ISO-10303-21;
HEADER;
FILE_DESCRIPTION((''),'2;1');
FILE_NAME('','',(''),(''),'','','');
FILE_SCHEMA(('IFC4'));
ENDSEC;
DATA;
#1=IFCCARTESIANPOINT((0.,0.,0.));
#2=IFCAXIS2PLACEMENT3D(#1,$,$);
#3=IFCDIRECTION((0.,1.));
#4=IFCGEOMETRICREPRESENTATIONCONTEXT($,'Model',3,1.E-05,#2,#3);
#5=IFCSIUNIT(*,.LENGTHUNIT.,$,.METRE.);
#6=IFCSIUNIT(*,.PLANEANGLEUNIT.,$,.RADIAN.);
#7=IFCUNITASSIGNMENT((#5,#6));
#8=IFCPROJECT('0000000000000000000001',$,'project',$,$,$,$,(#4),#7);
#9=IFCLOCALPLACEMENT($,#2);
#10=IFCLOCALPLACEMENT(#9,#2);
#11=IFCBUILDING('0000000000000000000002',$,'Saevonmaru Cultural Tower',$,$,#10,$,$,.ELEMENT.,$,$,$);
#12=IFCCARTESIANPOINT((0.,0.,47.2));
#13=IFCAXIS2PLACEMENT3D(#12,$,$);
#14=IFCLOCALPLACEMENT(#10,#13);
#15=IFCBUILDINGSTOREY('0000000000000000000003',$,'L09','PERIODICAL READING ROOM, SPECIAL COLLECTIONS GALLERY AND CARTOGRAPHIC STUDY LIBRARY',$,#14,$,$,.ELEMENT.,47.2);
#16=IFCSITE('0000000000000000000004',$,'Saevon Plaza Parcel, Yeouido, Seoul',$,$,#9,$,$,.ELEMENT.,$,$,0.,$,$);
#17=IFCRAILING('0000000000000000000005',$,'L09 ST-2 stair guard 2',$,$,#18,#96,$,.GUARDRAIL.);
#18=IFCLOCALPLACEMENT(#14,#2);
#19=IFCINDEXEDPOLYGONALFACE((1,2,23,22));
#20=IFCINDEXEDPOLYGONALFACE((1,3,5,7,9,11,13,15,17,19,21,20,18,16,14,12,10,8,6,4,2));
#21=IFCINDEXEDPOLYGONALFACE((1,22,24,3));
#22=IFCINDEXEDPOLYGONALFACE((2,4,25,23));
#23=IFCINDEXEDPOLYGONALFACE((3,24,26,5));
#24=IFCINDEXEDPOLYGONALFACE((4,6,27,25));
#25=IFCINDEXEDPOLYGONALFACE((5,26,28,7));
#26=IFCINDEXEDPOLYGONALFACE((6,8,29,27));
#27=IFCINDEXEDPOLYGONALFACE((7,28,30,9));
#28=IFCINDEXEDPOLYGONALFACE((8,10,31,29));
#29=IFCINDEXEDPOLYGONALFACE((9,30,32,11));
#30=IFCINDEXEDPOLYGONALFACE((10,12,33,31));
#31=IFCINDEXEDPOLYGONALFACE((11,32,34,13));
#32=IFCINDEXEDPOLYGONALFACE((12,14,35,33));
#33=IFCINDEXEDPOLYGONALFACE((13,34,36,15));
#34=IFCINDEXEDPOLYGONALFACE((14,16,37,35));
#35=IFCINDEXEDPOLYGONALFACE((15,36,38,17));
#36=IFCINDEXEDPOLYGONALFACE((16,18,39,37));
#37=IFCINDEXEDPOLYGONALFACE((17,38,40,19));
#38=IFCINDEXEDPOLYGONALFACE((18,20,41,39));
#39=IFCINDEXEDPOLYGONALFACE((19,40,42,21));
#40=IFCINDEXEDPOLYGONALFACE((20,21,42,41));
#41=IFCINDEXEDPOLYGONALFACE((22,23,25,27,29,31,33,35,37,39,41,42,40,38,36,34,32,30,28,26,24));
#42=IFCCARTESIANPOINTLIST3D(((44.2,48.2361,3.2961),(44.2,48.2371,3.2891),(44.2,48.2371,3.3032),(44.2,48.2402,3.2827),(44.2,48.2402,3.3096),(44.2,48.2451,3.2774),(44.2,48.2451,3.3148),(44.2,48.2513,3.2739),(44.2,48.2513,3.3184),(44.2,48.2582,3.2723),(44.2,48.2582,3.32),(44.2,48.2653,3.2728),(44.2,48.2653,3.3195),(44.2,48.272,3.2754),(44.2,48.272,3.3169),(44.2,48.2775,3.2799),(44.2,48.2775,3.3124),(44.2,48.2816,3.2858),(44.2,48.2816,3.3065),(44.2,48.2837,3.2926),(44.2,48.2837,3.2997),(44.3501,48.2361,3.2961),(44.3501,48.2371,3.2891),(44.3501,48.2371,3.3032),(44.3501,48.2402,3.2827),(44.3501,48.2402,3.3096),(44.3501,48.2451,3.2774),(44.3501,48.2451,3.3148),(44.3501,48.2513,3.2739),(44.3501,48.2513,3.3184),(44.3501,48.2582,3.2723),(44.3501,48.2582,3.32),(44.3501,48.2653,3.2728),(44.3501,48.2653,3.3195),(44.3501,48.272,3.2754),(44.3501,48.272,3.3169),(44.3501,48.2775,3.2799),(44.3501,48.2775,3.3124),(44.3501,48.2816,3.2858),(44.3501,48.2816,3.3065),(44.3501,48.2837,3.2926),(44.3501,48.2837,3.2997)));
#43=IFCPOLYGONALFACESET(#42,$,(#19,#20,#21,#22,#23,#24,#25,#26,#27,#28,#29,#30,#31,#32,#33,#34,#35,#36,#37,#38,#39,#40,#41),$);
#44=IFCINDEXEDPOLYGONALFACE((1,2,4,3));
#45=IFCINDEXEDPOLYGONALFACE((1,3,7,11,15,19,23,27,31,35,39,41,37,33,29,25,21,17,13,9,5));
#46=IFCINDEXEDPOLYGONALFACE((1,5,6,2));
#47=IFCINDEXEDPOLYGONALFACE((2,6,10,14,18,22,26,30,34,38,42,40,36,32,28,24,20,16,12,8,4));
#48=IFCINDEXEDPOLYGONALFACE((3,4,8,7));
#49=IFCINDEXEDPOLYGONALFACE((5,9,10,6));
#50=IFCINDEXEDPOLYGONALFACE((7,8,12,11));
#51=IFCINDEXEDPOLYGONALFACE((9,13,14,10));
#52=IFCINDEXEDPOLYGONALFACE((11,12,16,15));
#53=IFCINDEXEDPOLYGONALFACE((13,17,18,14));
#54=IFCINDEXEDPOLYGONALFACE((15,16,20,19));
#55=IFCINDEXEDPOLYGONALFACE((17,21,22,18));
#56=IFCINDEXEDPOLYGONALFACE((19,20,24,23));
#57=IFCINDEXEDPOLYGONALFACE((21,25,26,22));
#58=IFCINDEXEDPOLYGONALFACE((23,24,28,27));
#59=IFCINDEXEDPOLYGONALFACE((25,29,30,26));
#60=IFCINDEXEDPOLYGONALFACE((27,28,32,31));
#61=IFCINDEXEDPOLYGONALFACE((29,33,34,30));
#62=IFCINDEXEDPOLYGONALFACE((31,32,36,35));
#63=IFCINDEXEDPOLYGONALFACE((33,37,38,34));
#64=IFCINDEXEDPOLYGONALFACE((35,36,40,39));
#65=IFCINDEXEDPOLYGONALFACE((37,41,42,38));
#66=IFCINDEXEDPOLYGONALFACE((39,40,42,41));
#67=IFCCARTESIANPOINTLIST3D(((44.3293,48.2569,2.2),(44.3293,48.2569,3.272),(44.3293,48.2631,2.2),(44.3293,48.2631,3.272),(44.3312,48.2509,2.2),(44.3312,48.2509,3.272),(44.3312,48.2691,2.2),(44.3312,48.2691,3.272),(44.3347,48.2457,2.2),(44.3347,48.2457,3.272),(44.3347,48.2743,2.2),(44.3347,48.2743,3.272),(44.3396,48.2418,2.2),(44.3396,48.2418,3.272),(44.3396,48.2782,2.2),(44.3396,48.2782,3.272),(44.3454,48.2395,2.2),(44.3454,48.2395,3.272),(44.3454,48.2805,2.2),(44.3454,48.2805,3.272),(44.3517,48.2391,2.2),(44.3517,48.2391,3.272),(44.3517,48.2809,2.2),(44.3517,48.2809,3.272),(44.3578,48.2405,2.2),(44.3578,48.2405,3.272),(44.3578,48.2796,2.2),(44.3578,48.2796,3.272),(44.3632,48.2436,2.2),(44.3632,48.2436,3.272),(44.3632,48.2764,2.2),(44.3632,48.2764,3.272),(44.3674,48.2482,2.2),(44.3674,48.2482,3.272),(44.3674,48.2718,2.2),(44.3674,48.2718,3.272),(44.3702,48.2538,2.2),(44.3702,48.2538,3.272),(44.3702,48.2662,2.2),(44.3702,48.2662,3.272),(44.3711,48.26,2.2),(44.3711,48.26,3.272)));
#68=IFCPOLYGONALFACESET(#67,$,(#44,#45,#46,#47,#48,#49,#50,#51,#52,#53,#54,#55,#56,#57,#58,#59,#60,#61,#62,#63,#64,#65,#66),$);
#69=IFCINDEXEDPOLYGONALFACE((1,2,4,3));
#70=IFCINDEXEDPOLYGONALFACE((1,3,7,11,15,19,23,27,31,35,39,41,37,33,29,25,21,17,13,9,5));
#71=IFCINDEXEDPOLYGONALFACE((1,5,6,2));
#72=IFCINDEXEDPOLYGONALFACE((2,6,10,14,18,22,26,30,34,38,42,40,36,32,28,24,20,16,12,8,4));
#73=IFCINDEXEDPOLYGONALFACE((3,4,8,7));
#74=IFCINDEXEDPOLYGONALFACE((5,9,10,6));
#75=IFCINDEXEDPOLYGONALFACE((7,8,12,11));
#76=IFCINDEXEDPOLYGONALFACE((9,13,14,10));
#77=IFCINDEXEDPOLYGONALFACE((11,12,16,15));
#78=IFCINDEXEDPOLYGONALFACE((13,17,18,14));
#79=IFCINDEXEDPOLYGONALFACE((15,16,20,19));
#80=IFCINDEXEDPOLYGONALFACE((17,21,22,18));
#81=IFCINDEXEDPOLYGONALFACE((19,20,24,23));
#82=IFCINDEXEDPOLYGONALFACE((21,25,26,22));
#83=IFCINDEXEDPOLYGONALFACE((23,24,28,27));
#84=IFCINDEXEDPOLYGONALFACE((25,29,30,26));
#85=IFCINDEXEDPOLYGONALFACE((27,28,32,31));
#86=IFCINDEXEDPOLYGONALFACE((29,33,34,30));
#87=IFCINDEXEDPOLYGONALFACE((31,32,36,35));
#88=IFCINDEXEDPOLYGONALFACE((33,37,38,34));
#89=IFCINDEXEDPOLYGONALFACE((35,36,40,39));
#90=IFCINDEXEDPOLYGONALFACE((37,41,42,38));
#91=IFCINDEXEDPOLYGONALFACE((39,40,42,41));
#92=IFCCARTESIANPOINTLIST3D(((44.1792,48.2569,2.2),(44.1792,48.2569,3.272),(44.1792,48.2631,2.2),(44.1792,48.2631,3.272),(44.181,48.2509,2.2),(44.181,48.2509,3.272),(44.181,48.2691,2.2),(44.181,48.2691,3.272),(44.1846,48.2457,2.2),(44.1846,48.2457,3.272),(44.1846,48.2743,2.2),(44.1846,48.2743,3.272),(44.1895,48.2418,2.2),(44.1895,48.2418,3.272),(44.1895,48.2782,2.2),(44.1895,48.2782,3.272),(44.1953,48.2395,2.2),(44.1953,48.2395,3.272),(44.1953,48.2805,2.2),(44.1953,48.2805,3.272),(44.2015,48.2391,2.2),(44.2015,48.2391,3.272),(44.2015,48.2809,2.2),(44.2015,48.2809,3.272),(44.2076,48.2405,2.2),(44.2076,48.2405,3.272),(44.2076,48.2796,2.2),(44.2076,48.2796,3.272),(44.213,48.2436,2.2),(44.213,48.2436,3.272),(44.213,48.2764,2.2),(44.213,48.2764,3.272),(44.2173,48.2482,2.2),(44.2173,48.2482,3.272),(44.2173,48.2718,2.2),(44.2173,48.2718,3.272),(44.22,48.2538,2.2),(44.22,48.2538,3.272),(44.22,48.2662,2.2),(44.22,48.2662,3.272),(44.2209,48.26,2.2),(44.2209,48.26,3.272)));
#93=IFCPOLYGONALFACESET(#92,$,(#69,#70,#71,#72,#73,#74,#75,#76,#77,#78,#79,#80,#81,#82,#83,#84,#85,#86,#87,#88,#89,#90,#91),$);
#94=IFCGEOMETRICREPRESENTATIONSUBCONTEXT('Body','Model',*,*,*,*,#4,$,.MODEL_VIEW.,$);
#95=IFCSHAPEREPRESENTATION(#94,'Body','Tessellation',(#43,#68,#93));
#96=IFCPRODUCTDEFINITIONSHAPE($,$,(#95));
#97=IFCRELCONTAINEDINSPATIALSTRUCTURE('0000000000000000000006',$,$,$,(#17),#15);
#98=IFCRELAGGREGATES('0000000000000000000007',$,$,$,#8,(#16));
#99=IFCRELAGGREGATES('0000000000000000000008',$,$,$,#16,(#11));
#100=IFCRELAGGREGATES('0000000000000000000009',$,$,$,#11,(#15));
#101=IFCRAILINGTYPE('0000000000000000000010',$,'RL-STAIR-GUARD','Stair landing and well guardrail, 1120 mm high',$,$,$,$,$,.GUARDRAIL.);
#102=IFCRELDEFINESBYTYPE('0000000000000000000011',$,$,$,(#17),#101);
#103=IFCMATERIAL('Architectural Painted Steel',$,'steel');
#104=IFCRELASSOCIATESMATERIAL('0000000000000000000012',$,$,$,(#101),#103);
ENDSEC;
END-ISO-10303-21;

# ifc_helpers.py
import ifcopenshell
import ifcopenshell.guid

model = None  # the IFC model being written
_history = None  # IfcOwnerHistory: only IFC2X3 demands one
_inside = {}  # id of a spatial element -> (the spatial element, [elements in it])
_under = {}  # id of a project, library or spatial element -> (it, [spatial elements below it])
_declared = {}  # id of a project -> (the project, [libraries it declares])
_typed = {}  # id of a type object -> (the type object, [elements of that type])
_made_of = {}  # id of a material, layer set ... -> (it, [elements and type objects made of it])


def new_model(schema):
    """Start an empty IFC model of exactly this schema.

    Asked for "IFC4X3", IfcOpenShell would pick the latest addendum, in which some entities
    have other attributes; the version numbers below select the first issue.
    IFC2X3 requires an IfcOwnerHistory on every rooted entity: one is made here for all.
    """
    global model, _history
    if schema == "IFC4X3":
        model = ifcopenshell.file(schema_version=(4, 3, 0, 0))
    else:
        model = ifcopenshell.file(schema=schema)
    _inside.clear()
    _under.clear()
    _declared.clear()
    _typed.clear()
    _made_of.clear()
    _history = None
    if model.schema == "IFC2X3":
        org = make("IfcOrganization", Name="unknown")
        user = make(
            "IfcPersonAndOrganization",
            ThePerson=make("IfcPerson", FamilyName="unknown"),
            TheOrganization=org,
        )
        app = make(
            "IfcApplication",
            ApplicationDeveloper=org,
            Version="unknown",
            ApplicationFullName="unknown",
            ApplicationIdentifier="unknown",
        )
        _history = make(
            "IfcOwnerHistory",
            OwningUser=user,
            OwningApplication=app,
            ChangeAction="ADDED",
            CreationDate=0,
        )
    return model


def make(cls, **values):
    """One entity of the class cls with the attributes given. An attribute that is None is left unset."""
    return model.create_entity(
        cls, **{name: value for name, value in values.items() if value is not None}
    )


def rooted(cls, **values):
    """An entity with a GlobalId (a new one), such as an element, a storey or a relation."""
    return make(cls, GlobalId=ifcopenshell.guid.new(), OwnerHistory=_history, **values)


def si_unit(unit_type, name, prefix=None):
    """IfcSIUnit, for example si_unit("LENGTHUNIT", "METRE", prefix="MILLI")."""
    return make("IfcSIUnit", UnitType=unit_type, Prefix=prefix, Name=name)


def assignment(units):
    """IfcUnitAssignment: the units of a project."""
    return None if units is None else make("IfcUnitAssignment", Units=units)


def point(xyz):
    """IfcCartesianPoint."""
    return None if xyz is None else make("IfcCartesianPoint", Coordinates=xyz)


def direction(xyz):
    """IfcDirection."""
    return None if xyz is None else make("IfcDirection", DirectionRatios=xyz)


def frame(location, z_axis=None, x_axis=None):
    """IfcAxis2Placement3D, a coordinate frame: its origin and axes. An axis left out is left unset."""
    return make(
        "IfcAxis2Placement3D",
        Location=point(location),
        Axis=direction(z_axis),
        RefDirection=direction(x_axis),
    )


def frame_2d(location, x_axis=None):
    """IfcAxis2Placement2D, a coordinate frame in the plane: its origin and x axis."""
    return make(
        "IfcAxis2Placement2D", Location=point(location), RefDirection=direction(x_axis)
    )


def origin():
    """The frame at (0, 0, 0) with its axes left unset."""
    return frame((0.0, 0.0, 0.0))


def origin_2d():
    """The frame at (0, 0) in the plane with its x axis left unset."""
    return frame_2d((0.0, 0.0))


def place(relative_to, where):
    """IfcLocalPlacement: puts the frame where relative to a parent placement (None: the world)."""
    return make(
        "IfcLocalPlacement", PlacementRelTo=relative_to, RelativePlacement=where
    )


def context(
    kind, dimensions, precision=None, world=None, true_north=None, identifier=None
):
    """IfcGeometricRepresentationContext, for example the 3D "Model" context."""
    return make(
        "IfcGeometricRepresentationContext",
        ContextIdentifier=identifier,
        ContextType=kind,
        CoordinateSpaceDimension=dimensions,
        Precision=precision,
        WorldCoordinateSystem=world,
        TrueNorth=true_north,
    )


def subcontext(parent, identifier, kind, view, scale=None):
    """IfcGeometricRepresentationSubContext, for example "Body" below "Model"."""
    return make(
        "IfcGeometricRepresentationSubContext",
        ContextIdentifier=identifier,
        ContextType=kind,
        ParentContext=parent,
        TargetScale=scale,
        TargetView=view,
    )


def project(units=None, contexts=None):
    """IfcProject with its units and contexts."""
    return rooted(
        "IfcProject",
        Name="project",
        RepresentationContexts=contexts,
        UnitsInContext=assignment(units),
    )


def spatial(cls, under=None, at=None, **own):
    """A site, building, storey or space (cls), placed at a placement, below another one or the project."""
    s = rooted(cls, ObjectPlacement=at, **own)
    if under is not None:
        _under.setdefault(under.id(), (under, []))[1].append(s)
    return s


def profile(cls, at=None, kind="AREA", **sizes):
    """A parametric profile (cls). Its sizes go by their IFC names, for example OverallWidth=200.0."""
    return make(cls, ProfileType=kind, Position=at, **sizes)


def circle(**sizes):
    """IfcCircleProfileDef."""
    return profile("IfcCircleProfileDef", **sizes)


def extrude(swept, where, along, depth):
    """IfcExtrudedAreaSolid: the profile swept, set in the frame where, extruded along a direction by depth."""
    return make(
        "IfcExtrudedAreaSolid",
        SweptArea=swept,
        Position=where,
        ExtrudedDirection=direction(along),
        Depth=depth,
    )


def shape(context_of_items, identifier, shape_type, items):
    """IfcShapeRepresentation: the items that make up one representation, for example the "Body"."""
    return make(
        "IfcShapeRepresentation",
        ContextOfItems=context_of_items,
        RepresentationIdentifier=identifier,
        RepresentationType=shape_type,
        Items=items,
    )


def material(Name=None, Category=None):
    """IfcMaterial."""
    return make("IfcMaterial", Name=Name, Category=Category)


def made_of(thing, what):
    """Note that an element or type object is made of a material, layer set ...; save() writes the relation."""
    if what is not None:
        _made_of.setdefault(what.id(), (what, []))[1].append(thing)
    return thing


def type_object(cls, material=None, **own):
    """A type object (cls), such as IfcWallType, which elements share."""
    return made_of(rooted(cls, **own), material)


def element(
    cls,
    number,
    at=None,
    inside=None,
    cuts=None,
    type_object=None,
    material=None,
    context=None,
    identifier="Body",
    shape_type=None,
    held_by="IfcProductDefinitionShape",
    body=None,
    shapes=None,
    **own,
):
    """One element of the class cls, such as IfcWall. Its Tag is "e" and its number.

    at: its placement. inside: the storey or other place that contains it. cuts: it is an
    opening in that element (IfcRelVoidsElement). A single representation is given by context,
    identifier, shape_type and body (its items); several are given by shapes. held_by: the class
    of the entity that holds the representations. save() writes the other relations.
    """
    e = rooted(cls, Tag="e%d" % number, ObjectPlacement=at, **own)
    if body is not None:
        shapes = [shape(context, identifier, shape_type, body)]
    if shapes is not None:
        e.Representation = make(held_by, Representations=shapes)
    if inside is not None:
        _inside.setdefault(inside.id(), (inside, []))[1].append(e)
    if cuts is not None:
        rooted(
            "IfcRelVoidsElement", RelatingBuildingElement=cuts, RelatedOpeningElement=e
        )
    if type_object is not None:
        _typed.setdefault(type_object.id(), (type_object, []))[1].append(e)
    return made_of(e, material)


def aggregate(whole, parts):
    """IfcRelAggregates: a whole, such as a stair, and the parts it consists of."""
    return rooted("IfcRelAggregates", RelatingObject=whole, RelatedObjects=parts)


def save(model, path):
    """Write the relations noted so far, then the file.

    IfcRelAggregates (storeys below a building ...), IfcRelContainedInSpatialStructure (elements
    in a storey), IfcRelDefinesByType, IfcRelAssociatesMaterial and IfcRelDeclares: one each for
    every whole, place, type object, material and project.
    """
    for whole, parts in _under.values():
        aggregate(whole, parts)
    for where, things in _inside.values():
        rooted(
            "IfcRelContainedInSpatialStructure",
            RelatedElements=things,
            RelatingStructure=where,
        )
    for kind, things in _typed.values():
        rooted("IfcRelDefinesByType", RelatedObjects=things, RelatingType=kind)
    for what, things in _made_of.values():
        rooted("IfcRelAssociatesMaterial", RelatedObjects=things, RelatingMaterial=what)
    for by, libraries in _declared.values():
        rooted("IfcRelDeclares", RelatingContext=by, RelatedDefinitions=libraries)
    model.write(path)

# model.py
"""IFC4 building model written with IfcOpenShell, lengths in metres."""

from ifc_helpers import new_model, si_unit, direction, frame, origin, origin_2d, place, context, subcontext, project, spatial, circle, extrude, material, type_object, element, save


model = new_model("IFC4")

# Units and contexts
model_context = context("Model", 3, precision=1e-05, world=origin(), true_north=direction((0.0, 1.0)))
body_context = subcontext(model_context, "Body", "Model", "MODEL_VIEW")
ifc_project = project(units=[si_unit("LENGTHUNIT", "METRE"), si_unit("PLANEANGLEUNIT", "RADIAN")], contexts=[model_context])

# Site, building, storey
site_placement = place(None, origin())
site = spatial("IfcSite", under=ifc_project, at=site_placement, Name="Saevon Plaza Parcel, Yeouido, Seoul", CompositionType="ELEMENT", RefElevation=0.0)
building_placement = place(site_placement, origin())
building = spatial("IfcBuilding", under=site, at=building_placement, Name="Saevonmaru Cultural Tower", CompositionType="ELEMENT")
storey_placement = place(building_placement, frame((0.0, 0.0, 47.2)))
storey = spatial("IfcBuildingStorey", under=building, at=storey_placement, Name="L09", Description="PERIODICAL READING ROOM, SPECIAL COLLECTIONS GALLERY AND CARTOGRAPHIC STUDY LIBRARY", CompositionType="ELEMENT", Elevation=47.2)

# Railing
ifc_material_1 = material(Name="Architectural Painted Steel", Category="steel")
railing_type = type_object("IfcRailingType", Name="RL-STAIR-GUARD", Description="Stair landing and well guardrail, 1120 mm high", PredefinedType="GUARDRAIL", material=ifc_material_1)
railing_1_placement = place(storey_placement, frame((44.3501, 48.26, 2.2)))
element("IfcRailing", 1, at=railing_1_placement, inside=storey, type_object=railing_type, Name="L09 ST-2 stair guard 2", PredefinedType="GUARDRAIL", context=body_context, shape_type="SweptSolid", body=[
    extrude(circle(Radius=0.0239, at=origin_2d()), frame((0.0, 0.0, 1.0962), z_axis=(-1.0, 0.0, 0.0), x_axis=(0.0, -1.0, 0.0)), (0.0, 0.0, 1.0), 0.1501),
    extrude(circle(Radius=0.021, at=origin_2d()), origin(), (0.0, 0.0, 1.0), 1.072),
    extrude(circle(Radius=0.021, at=origin_2d()), frame((-0.1501, 0.0, 0.0)), (0.0, 0.0, 1.0), 1.072),
])

save(model, "model.ifc")
